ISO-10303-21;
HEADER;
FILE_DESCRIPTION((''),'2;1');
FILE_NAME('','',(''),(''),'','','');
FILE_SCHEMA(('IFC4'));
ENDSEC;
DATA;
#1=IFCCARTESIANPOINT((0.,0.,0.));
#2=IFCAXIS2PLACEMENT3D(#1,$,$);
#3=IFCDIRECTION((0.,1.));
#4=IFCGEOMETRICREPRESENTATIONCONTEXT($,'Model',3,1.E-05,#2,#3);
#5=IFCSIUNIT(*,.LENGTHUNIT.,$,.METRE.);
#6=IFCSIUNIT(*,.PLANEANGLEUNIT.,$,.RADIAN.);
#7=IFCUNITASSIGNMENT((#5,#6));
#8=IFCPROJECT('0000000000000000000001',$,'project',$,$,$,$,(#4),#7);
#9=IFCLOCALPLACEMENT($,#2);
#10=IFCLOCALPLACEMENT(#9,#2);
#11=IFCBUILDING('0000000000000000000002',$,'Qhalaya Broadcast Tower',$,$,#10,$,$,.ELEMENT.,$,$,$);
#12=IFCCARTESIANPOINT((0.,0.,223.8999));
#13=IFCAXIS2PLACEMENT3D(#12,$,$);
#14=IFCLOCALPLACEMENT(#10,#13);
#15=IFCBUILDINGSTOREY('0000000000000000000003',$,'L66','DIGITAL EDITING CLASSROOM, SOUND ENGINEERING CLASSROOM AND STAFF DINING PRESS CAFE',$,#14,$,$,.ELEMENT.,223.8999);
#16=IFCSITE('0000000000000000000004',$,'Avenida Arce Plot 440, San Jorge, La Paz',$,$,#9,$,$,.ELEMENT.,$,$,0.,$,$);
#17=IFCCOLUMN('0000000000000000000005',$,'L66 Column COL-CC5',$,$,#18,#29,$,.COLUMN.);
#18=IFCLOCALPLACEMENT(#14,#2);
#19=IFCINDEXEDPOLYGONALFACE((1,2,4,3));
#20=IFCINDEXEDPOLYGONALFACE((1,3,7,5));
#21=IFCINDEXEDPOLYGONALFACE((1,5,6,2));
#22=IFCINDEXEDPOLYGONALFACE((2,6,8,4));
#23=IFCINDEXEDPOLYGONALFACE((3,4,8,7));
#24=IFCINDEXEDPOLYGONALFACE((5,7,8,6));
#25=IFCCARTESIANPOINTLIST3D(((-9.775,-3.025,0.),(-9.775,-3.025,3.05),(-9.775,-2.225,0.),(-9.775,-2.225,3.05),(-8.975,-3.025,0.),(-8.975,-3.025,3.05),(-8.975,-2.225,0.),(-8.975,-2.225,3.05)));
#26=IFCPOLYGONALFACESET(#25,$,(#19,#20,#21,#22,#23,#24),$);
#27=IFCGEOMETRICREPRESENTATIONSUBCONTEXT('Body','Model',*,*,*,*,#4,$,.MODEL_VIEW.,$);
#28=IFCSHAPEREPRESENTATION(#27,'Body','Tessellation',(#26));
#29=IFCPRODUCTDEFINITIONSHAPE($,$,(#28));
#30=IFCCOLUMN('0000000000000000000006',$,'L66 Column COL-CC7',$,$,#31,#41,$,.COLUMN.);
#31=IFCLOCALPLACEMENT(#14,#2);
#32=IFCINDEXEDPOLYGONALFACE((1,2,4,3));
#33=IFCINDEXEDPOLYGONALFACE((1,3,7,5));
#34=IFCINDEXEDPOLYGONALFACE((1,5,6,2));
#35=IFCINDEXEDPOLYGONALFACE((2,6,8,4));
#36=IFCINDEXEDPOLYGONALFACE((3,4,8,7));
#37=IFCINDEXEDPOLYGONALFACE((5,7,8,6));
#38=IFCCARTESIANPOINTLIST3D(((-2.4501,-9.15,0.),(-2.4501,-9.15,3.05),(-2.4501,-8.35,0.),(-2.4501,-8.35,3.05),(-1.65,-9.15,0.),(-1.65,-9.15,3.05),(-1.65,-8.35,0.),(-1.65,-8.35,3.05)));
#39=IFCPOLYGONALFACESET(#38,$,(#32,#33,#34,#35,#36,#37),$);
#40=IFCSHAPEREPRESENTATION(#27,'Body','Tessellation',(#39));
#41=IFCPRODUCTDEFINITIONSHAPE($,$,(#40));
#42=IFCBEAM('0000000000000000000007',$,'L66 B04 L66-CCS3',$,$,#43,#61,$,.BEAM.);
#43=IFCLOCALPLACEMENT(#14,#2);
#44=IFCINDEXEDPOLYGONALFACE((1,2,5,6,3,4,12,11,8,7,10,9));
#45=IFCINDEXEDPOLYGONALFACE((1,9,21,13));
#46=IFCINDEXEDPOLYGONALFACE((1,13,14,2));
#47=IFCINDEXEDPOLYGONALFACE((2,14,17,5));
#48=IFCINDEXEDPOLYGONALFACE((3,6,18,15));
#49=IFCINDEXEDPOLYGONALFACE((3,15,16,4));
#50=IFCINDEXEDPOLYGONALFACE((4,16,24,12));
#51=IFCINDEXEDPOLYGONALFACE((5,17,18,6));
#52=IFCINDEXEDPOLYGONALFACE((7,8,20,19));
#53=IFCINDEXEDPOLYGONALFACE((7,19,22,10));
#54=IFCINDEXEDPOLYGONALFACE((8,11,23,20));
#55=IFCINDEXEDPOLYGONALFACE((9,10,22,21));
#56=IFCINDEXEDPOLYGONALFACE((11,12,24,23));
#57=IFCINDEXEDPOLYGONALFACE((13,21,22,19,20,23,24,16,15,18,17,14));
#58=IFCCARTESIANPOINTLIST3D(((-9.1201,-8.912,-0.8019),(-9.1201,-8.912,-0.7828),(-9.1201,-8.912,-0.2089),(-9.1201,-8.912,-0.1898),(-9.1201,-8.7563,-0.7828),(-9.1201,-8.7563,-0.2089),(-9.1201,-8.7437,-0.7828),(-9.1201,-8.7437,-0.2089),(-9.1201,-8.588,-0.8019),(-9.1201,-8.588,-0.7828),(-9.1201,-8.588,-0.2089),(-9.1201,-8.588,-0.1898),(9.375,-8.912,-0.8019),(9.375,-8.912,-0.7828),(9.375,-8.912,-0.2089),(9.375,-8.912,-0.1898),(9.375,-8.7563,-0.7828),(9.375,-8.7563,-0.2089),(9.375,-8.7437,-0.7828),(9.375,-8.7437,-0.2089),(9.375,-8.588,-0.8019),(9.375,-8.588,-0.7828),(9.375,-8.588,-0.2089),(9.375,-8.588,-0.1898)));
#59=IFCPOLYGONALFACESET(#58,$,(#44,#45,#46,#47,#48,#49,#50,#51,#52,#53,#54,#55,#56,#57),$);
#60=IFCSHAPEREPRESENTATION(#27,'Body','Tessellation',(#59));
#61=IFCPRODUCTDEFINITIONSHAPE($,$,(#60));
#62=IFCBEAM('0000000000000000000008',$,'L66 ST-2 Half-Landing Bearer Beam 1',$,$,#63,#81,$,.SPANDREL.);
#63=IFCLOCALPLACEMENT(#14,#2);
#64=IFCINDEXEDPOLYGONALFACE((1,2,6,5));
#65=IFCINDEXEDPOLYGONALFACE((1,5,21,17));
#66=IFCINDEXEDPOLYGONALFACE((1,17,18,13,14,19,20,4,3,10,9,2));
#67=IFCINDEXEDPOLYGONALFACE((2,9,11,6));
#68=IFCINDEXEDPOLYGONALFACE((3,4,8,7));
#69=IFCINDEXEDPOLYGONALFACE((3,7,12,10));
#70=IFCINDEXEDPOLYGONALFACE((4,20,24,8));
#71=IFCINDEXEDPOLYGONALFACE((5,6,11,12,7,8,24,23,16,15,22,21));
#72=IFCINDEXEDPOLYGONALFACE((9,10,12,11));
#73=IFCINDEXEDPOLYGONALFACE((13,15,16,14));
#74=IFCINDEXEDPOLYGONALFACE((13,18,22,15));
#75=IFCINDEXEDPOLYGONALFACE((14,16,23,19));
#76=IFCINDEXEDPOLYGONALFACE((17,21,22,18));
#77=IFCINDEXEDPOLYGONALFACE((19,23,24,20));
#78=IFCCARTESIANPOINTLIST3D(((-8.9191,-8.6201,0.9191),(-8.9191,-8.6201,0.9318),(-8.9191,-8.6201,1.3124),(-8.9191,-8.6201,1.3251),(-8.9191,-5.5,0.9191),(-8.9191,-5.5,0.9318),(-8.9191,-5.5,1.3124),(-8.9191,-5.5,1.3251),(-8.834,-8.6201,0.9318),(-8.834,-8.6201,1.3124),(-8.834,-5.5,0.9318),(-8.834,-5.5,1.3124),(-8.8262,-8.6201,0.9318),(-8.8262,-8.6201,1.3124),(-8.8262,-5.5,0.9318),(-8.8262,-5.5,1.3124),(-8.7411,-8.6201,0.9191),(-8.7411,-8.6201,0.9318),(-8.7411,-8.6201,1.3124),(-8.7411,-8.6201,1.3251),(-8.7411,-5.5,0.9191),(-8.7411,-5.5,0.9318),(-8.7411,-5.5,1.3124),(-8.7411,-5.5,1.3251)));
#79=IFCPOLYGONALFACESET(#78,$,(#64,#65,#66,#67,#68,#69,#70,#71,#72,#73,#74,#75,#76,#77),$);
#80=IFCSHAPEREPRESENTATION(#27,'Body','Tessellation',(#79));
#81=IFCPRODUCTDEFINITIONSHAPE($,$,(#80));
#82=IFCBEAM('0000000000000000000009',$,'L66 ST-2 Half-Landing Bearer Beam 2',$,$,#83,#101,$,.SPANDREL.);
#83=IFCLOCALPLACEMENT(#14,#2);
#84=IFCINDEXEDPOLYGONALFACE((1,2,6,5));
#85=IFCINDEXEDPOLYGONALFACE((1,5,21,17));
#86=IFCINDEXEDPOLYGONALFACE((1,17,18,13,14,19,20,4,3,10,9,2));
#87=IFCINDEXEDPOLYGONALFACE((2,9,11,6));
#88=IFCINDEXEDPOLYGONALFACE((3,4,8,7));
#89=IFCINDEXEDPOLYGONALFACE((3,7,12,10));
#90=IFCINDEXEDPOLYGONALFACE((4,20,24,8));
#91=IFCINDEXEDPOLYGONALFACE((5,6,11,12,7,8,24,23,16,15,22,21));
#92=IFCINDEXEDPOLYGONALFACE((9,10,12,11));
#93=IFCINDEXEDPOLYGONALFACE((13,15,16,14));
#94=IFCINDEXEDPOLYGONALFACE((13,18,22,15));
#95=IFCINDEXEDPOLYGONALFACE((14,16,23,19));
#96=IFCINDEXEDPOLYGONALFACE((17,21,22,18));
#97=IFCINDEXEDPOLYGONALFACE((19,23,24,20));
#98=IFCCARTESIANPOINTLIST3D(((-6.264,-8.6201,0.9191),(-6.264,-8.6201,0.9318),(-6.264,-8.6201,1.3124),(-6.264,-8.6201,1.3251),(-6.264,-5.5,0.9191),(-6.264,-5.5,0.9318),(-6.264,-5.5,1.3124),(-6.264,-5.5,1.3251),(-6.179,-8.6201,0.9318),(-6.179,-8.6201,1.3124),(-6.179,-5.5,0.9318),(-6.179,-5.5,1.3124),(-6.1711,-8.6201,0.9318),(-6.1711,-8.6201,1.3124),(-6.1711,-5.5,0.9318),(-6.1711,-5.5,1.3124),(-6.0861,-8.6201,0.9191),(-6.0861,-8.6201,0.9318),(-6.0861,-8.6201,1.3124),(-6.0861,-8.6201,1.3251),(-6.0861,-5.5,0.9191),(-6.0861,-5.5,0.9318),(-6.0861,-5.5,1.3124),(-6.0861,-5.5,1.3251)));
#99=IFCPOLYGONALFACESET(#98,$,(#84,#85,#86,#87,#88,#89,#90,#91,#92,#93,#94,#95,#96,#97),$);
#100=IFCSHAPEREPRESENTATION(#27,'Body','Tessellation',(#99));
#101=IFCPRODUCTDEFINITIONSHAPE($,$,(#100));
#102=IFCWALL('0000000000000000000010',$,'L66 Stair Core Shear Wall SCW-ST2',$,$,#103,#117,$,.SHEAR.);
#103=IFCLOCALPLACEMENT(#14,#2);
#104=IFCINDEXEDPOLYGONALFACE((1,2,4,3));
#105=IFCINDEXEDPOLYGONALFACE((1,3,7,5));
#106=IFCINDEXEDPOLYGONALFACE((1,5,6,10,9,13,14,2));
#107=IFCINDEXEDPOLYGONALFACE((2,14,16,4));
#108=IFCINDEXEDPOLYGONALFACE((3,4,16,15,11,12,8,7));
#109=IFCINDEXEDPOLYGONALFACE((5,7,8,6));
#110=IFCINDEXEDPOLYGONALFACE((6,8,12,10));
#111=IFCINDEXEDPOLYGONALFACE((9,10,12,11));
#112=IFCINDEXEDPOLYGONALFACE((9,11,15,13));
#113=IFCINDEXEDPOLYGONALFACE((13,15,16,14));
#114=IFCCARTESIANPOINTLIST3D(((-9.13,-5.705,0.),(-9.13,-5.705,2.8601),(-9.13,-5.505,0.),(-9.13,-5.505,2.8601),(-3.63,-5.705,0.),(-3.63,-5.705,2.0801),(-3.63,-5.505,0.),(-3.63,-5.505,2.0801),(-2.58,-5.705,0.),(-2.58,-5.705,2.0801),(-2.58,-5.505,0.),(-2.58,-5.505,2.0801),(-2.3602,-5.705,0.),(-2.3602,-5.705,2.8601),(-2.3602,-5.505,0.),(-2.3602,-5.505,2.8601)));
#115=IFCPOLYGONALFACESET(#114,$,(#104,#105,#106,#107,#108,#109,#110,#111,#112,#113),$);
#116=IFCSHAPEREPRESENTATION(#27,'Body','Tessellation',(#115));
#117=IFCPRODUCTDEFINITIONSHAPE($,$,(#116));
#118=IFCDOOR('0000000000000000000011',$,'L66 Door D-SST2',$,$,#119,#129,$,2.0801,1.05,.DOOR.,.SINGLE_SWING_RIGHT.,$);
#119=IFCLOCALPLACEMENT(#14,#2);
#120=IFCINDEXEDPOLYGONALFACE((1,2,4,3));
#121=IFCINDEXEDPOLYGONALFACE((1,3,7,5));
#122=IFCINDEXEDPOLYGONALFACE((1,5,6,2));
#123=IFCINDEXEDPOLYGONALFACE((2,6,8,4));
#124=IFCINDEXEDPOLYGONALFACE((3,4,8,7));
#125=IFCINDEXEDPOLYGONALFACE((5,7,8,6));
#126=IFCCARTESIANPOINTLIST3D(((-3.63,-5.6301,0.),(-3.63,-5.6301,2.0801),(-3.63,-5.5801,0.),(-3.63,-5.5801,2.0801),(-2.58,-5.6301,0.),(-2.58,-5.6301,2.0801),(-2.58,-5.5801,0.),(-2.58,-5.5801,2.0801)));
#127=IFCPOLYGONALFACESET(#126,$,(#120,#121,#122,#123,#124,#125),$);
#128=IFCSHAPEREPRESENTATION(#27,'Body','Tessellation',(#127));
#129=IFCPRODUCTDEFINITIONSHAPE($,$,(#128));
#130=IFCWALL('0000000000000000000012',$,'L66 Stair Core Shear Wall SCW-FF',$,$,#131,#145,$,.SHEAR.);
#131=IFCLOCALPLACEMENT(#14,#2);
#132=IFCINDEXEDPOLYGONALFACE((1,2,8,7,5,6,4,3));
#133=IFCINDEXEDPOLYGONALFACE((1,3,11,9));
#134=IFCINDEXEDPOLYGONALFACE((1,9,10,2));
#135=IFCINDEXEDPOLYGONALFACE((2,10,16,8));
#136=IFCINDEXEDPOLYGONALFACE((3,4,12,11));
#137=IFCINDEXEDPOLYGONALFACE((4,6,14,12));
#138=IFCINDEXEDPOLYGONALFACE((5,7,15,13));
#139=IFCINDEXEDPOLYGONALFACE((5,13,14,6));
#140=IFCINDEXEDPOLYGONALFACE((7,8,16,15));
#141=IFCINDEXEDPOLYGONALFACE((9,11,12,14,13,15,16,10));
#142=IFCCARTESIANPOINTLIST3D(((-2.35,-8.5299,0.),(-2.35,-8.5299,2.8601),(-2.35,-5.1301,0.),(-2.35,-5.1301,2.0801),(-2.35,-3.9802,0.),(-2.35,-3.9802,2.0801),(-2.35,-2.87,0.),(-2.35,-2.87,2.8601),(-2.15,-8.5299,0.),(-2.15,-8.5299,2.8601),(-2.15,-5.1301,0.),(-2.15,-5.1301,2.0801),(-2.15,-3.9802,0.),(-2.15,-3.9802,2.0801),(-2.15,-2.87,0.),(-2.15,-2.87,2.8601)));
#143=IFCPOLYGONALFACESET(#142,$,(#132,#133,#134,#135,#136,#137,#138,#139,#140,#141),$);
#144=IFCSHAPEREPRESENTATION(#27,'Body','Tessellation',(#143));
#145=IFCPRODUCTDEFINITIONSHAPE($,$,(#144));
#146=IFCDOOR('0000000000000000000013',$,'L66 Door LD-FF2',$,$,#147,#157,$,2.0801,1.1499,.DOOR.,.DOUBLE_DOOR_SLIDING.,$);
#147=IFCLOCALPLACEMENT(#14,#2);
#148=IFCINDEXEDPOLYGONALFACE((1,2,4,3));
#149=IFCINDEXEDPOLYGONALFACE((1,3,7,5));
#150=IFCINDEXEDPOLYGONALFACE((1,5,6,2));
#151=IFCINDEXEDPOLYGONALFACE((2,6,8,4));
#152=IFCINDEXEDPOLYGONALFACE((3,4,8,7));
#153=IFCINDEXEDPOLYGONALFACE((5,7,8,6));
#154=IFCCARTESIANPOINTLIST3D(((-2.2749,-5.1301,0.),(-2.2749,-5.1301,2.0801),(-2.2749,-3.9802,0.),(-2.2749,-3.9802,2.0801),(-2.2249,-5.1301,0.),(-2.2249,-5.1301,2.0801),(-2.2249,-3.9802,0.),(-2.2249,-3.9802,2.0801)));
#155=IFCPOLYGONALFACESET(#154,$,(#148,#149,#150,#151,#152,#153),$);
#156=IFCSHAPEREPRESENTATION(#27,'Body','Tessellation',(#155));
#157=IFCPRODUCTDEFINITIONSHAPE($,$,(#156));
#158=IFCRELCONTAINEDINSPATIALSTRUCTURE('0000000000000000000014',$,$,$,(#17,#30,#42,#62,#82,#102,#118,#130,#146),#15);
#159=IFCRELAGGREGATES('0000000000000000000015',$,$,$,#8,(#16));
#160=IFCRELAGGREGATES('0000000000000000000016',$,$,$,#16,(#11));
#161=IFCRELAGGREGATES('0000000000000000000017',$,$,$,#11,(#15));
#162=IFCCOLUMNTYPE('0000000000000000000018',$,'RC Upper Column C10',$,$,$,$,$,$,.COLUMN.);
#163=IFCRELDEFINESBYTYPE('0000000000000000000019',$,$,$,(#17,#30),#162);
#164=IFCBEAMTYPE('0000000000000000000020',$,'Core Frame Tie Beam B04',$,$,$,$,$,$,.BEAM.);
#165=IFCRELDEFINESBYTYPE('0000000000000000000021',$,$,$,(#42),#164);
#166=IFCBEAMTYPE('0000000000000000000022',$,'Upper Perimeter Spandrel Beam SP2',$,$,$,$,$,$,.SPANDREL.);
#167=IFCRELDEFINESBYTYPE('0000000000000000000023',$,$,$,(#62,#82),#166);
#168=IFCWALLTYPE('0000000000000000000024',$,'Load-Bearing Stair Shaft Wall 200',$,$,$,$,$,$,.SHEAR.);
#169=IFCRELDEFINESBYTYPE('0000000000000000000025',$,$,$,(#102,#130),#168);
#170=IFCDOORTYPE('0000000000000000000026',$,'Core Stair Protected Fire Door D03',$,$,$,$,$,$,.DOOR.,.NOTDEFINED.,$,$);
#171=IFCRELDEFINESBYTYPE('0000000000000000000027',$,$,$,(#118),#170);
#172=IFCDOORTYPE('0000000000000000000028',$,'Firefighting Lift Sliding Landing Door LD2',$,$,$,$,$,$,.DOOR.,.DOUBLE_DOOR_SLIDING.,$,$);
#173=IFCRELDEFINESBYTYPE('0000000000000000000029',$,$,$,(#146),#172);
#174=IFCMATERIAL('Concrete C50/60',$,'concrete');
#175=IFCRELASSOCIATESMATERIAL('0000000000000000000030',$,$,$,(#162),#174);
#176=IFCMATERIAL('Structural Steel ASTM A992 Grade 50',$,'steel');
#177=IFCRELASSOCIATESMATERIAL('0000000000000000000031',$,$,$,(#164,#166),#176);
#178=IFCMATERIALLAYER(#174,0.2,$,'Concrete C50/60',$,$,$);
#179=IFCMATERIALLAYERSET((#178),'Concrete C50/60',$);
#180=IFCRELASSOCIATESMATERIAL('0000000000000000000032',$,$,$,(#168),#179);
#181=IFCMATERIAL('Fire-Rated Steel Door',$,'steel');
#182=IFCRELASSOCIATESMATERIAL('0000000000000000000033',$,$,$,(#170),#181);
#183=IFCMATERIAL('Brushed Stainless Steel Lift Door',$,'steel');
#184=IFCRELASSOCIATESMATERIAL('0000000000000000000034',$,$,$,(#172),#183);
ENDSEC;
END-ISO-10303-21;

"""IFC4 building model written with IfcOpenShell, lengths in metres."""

from ifc_helpers import new_model, si_unit, direction, frame, frame_2d, origin, origin_2d, place, context, subcontext, project, spatial, rectangle, i_section, extrude, material, layer, layer_set, material_profile, profile_set, type_object, element, fill, save


model = new_model("IFC4")

# Units and contexts
model_context = context("Model", 3, precision=1e-05, world=origin(), true_north=direction((0.0, 1.0)))
body_context = subcontext(model_context, "Body", "Model", "MODEL_VIEW")
ifc_project = project(units=[si_unit("LENGTHUNIT", "METRE"), si_unit("PLANEANGLEUNIT", "RADIAN")], contexts=[model_context])

# Site, building, storey
site_placement = place(None, origin())
site = spatial("IfcSite", under=ifc_project, at=site_placement, Name="Avenida Arce Plot 440, San Jorge, La Paz", CompositionType="ELEMENT", RefElevation=0.0)
building_placement = place(site_placement, origin())
building = spatial("IfcBuilding", under=site, at=building_placement, Name="Qhalaya Broadcast Tower", CompositionType="ELEMENT")
storey_placement = place(building_placement, frame((0.0, 0.0, 223.8999)))
storey = spatial("IfcBuildingStorey", under=building, at=storey_placement, Name="L66", Description="DIGITAL EDITING CLASSROOM, SOUND ENGINEERING CLASSROOM AND STAFF DINING PRESS CAFE", CompositionType="ELEMENT", Elevation=223.8999)

# Columns
ifc_material_1 = material(Name="Concrete C50/60", Category="concrete")
ifc_material_profile_1 = material_profile(ifc_material_1, rectangle(XDim=0.8, YDim=0.8, at=origin_2d()), Name="RC-COL 800x800")
ifc_profile_set_1 = profile_set([ifc_material_profile_1], Name="Concrete C50/60")
column_type = type_object("IfcColumnType", Name="RC Upper Column C10", PredefinedType="COLUMN", material=ifc_profile_set_1)
for number, where, z_axis, x_axis, name in (
    (1, (-9.375, -2.625, 0.0), (0.0, 0.0, 1.0), (1.0, 0.0, 0.0), "L66 Column COL-CC5"),
    (2, (-2.05, -8.75, 0.0), (0.0, 0.0, 1.0), (1.0, 0.0, 0.0), "L66 Column COL-CC7"),
):
    element("IfcColumn", number, at=place(storey_placement, frame(where, z_axis=z_axis, x_axis=x_axis)), inside=storey, type_object=column_type, Name=name, PredefinedType="COLUMN", context=body_context, shape_type="SweptSolid", body=[
        extrude(rectangle(XDim=0.8, YDim=0.8, at=origin_2d()), origin(), (0.0, 0.0, 1.0), 3.05),
    ])

# Beams
ifc_material_2 = material(Name="Structural Steel ASTM A992 Grade 50", Category="steel")
ifc_material_profile_2 = material_profile(ifc_material_2, i_section(OverallWidth=0.324, OverallDepth=0.6121, WebThickness=0.0127, FlangeThickness=0.019, at=origin_2d()), Name="W24X104")
ifc_profile_set_2 = profile_set([ifc_material_profile_2], Name="Structural Steel ASTM A992 Grade 50")
beam_type_1 = type_object("IfcBeamType", Name="Core Frame Tie Beam B04", PredefinedType="BEAM", material=ifc_profile_set_2)
beam_placement = place(storey_placement, frame((-9.1201, -8.75, -0.4958), z_axis=(1.0, 0.0, 0.0), x_axis=(0.0, 1.0, 0.0)))
element("IfcBeam", 3, at=beam_placement, inside=storey, type_object=beam_type_1, Name="L66 B04 L66-CCS3", PredefinedType="BEAM", context=body_context, shape_type="SweptSolid", body=[
    extrude(i_section(OverallWidth=0.324, OverallDepth=0.6121, WebThickness=0.0127, FlangeThickness=0.019, at=origin_2d()), origin(), (0.0, 0.0, 1.0), 18.4951),
])
ifc_material_profile_3 = material_profile(ifc_material_2, i_section(OverallWidth=0.178, OverallDepth=0.406, WebThickness=0.0078, FlangeThickness=0.0127, at=origin_2d()), Name="W16X40")
ifc_profile_set_3 = profile_set([ifc_material_profile_3], Name="Structural Steel ASTM A992 Grade 50")
beam_type_2 = type_object("IfcBeamType", Name="Upper Perimeter Spandrel Beam SP2", PredefinedType="SPANDREL", material=ifc_profile_set_3)
for number, where, z_axis, x_axis, name in (
    (4, (-8.8301, -8.6201, 1.1221), (0.0, 1.0, 0.0), (-1.0, 0.0, 0.0), "L66 ST-2 Half-Landing Bearer Beam 1"),
    (5, (-6.175, -8.6201, 1.1221), (0.0, 1.0, 0.0), (-1.0, 0.0, 0.0), "L66 ST-2 Half-Landing Bearer Beam 2"),
):
    element("IfcBeam", number, at=place(storey_placement, frame(where, z_axis=z_axis, x_axis=x_axis)), inside=storey, type_object=beam_type_2, Name=name, PredefinedType="SPANDREL", context=body_context, shape_type="SweptSolid", body=[
        extrude(i_section(OverallWidth=0.178, OverallDepth=0.406, WebThickness=0.0078, FlangeThickness=0.0127, at=origin_2d()), origin(), (0.0, 0.0, 1.0), 3.1201),
    ])

# Walls, openings, doors
ifc_layer_1 = layer(ifc_material_1, 0.2, Name="Concrete C50/60")
ifc_layer_set_1 = layer_set([ifc_layer_1], Name="Concrete C50/60")
wall_type_1 = type_object("IfcWallType", Name="Load-Bearing Stair Shaft Wall 200", PredefinedType="SHEAR", material=ifc_layer_set_1)
wall_1_placement = place(storey_placement, frame((-9.1299, -5.605, 0.0), z_axis=(0.0, 0.0, 1.0), x_axis=(1.0, 0.0, 0.0)))
wall_1 = element("IfcWall", 6, at=wall_1_placement, inside=storey, type_object=wall_type_1, Name="L66 Stair Core Shear Wall SCW-ST2", PredefinedType="SHEAR", context=body_context, shape_type="SweptSolid", body=[
    extrude(rectangle(XDim=6.7698, YDim=0.2, at=frame_2d((3.3848, 0.0))), origin(), (0.0, 0.0, 1.0), 2.8601),
])
opening_1_placement = place(wall_1_placement, frame((5.5, 0.0, 0.0)))
opening_1 = element("IfcOpeningElement", 7, at=opening_1_placement, cuts=wall_1, PredefinedType="OPENING", context=body_context, shape_type="SweptSolid", body=[
    extrude(rectangle(XDim=1.05, YDim=2.0801, at=frame_2d((0.5249, 1.04))), frame((0.0, 0.1121, 0.0), z_axis=(0.0, -1.0, 0.0), x_axis=(1.0, 0.0, 0.0)), (0.0, 0.0, 1.0), 0.2239),
])
ifc_material_3 = material(Name="Fire-Rated Steel Door", Category="steel")
door_type_1 = type_object("IfcDoorType", Name="Core Stair Protected Fire Door D03", OperationType="NOTDEFINED", PredefinedType="DOOR", material=ifc_material_3)
door_1_placement = place(opening_1_placement, origin())
door_1 = element("IfcDoor", 8, at=door_1_placement, inside=storey, type_object=door_type_1, Name="L66 Door D-SST2", OperationType="SINGLE_SWING_RIGHT", OverallHeight=2.0801, OverallWidth=1.05, PredefinedType="DOOR", context=body_context, shape_type="SweptSolid", body=[
    extrude(rectangle(XDim=1.05, YDim=2.0801, at=frame_2d((0.5249, 1.04))), frame((0.0, 0.0249, 0.0), z_axis=(0.0, -1.0, 0.0), x_axis=(1.0, 0.0, 0.0)), (0.0, 0.0, 1.0), 0.05),
])
fill(opening_1, door_1)
wall_2_placement = place(storey_placement, frame((-2.25, -8.53, 0.0), z_axis=(0.0, 0.0, 1.0), x_axis=(0.0, 1.0, 0.0)))
wall_2 = element("IfcWall", 9, at=wall_2_placement, inside=storey, type_object=wall_type_1, Name="L66 Stair Core Shear Wall SCW-FF", PredefinedType="SHEAR", context=body_context, shape_type="SweptSolid", body=[
    extrude(rectangle(XDim=5.6599, YDim=0.2, at=frame_2d((2.8301, 0.0))), origin(), (0.0, 0.0, 1.0), 2.8601),
])
opening_2_placement = place(wall_2_placement, frame((3.3999, 0.0, 0.0)))
opening_2 = element("IfcOpeningElement", 10, at=opening_2_placement, cuts=wall_2, PredefinedType="OPENING", context=body_context, shape_type="SweptSolid", body=[
    extrude(rectangle(XDim=1.1499, YDim=2.0801, at=frame_2d((0.575, 1.04))), frame((0.0, 0.1121, 0.0), z_axis=(0.0, -1.0, 0.0), x_axis=(1.0, 0.0, 0.0)), (0.0, 0.0, 1.0), 0.2239),
])
ifc_material_4 = material(Name="Brushed Stainless Steel Lift Door", Category="steel")
door_type_2 = type_object("IfcDoorType", Name="Firefighting Lift Sliding Landing Door LD2", OperationType="DOUBLE_DOOR_SLIDING", PredefinedType="DOOR", material=ifc_material_4)
door_2_placement = place(opening_2_placement, origin())
door_2 = element("IfcDoor", 11, at=door_2_placement, inside=storey, type_object=door_type_2, Name="L66 Door LD-FF2", OperationType="DOUBLE_DOOR_SLIDING", OverallHeight=2.0801, OverallWidth=1.1499, PredefinedType="DOOR", context=body_context, shape_type="SweptSolid", body=[
    extrude(rectangle(XDim=1.1499, YDim=2.0801, at=frame_2d((0.575, 1.04))), frame((0.0, 0.0249, 0.0), z_axis=(0.0, -1.0, 0.0), x_axis=(1.0, 0.0, 0.0)), (0.0, 0.0, 1.0), 0.05),
])
fill(opening_2, door_2)

save(model, "model.ifc")
